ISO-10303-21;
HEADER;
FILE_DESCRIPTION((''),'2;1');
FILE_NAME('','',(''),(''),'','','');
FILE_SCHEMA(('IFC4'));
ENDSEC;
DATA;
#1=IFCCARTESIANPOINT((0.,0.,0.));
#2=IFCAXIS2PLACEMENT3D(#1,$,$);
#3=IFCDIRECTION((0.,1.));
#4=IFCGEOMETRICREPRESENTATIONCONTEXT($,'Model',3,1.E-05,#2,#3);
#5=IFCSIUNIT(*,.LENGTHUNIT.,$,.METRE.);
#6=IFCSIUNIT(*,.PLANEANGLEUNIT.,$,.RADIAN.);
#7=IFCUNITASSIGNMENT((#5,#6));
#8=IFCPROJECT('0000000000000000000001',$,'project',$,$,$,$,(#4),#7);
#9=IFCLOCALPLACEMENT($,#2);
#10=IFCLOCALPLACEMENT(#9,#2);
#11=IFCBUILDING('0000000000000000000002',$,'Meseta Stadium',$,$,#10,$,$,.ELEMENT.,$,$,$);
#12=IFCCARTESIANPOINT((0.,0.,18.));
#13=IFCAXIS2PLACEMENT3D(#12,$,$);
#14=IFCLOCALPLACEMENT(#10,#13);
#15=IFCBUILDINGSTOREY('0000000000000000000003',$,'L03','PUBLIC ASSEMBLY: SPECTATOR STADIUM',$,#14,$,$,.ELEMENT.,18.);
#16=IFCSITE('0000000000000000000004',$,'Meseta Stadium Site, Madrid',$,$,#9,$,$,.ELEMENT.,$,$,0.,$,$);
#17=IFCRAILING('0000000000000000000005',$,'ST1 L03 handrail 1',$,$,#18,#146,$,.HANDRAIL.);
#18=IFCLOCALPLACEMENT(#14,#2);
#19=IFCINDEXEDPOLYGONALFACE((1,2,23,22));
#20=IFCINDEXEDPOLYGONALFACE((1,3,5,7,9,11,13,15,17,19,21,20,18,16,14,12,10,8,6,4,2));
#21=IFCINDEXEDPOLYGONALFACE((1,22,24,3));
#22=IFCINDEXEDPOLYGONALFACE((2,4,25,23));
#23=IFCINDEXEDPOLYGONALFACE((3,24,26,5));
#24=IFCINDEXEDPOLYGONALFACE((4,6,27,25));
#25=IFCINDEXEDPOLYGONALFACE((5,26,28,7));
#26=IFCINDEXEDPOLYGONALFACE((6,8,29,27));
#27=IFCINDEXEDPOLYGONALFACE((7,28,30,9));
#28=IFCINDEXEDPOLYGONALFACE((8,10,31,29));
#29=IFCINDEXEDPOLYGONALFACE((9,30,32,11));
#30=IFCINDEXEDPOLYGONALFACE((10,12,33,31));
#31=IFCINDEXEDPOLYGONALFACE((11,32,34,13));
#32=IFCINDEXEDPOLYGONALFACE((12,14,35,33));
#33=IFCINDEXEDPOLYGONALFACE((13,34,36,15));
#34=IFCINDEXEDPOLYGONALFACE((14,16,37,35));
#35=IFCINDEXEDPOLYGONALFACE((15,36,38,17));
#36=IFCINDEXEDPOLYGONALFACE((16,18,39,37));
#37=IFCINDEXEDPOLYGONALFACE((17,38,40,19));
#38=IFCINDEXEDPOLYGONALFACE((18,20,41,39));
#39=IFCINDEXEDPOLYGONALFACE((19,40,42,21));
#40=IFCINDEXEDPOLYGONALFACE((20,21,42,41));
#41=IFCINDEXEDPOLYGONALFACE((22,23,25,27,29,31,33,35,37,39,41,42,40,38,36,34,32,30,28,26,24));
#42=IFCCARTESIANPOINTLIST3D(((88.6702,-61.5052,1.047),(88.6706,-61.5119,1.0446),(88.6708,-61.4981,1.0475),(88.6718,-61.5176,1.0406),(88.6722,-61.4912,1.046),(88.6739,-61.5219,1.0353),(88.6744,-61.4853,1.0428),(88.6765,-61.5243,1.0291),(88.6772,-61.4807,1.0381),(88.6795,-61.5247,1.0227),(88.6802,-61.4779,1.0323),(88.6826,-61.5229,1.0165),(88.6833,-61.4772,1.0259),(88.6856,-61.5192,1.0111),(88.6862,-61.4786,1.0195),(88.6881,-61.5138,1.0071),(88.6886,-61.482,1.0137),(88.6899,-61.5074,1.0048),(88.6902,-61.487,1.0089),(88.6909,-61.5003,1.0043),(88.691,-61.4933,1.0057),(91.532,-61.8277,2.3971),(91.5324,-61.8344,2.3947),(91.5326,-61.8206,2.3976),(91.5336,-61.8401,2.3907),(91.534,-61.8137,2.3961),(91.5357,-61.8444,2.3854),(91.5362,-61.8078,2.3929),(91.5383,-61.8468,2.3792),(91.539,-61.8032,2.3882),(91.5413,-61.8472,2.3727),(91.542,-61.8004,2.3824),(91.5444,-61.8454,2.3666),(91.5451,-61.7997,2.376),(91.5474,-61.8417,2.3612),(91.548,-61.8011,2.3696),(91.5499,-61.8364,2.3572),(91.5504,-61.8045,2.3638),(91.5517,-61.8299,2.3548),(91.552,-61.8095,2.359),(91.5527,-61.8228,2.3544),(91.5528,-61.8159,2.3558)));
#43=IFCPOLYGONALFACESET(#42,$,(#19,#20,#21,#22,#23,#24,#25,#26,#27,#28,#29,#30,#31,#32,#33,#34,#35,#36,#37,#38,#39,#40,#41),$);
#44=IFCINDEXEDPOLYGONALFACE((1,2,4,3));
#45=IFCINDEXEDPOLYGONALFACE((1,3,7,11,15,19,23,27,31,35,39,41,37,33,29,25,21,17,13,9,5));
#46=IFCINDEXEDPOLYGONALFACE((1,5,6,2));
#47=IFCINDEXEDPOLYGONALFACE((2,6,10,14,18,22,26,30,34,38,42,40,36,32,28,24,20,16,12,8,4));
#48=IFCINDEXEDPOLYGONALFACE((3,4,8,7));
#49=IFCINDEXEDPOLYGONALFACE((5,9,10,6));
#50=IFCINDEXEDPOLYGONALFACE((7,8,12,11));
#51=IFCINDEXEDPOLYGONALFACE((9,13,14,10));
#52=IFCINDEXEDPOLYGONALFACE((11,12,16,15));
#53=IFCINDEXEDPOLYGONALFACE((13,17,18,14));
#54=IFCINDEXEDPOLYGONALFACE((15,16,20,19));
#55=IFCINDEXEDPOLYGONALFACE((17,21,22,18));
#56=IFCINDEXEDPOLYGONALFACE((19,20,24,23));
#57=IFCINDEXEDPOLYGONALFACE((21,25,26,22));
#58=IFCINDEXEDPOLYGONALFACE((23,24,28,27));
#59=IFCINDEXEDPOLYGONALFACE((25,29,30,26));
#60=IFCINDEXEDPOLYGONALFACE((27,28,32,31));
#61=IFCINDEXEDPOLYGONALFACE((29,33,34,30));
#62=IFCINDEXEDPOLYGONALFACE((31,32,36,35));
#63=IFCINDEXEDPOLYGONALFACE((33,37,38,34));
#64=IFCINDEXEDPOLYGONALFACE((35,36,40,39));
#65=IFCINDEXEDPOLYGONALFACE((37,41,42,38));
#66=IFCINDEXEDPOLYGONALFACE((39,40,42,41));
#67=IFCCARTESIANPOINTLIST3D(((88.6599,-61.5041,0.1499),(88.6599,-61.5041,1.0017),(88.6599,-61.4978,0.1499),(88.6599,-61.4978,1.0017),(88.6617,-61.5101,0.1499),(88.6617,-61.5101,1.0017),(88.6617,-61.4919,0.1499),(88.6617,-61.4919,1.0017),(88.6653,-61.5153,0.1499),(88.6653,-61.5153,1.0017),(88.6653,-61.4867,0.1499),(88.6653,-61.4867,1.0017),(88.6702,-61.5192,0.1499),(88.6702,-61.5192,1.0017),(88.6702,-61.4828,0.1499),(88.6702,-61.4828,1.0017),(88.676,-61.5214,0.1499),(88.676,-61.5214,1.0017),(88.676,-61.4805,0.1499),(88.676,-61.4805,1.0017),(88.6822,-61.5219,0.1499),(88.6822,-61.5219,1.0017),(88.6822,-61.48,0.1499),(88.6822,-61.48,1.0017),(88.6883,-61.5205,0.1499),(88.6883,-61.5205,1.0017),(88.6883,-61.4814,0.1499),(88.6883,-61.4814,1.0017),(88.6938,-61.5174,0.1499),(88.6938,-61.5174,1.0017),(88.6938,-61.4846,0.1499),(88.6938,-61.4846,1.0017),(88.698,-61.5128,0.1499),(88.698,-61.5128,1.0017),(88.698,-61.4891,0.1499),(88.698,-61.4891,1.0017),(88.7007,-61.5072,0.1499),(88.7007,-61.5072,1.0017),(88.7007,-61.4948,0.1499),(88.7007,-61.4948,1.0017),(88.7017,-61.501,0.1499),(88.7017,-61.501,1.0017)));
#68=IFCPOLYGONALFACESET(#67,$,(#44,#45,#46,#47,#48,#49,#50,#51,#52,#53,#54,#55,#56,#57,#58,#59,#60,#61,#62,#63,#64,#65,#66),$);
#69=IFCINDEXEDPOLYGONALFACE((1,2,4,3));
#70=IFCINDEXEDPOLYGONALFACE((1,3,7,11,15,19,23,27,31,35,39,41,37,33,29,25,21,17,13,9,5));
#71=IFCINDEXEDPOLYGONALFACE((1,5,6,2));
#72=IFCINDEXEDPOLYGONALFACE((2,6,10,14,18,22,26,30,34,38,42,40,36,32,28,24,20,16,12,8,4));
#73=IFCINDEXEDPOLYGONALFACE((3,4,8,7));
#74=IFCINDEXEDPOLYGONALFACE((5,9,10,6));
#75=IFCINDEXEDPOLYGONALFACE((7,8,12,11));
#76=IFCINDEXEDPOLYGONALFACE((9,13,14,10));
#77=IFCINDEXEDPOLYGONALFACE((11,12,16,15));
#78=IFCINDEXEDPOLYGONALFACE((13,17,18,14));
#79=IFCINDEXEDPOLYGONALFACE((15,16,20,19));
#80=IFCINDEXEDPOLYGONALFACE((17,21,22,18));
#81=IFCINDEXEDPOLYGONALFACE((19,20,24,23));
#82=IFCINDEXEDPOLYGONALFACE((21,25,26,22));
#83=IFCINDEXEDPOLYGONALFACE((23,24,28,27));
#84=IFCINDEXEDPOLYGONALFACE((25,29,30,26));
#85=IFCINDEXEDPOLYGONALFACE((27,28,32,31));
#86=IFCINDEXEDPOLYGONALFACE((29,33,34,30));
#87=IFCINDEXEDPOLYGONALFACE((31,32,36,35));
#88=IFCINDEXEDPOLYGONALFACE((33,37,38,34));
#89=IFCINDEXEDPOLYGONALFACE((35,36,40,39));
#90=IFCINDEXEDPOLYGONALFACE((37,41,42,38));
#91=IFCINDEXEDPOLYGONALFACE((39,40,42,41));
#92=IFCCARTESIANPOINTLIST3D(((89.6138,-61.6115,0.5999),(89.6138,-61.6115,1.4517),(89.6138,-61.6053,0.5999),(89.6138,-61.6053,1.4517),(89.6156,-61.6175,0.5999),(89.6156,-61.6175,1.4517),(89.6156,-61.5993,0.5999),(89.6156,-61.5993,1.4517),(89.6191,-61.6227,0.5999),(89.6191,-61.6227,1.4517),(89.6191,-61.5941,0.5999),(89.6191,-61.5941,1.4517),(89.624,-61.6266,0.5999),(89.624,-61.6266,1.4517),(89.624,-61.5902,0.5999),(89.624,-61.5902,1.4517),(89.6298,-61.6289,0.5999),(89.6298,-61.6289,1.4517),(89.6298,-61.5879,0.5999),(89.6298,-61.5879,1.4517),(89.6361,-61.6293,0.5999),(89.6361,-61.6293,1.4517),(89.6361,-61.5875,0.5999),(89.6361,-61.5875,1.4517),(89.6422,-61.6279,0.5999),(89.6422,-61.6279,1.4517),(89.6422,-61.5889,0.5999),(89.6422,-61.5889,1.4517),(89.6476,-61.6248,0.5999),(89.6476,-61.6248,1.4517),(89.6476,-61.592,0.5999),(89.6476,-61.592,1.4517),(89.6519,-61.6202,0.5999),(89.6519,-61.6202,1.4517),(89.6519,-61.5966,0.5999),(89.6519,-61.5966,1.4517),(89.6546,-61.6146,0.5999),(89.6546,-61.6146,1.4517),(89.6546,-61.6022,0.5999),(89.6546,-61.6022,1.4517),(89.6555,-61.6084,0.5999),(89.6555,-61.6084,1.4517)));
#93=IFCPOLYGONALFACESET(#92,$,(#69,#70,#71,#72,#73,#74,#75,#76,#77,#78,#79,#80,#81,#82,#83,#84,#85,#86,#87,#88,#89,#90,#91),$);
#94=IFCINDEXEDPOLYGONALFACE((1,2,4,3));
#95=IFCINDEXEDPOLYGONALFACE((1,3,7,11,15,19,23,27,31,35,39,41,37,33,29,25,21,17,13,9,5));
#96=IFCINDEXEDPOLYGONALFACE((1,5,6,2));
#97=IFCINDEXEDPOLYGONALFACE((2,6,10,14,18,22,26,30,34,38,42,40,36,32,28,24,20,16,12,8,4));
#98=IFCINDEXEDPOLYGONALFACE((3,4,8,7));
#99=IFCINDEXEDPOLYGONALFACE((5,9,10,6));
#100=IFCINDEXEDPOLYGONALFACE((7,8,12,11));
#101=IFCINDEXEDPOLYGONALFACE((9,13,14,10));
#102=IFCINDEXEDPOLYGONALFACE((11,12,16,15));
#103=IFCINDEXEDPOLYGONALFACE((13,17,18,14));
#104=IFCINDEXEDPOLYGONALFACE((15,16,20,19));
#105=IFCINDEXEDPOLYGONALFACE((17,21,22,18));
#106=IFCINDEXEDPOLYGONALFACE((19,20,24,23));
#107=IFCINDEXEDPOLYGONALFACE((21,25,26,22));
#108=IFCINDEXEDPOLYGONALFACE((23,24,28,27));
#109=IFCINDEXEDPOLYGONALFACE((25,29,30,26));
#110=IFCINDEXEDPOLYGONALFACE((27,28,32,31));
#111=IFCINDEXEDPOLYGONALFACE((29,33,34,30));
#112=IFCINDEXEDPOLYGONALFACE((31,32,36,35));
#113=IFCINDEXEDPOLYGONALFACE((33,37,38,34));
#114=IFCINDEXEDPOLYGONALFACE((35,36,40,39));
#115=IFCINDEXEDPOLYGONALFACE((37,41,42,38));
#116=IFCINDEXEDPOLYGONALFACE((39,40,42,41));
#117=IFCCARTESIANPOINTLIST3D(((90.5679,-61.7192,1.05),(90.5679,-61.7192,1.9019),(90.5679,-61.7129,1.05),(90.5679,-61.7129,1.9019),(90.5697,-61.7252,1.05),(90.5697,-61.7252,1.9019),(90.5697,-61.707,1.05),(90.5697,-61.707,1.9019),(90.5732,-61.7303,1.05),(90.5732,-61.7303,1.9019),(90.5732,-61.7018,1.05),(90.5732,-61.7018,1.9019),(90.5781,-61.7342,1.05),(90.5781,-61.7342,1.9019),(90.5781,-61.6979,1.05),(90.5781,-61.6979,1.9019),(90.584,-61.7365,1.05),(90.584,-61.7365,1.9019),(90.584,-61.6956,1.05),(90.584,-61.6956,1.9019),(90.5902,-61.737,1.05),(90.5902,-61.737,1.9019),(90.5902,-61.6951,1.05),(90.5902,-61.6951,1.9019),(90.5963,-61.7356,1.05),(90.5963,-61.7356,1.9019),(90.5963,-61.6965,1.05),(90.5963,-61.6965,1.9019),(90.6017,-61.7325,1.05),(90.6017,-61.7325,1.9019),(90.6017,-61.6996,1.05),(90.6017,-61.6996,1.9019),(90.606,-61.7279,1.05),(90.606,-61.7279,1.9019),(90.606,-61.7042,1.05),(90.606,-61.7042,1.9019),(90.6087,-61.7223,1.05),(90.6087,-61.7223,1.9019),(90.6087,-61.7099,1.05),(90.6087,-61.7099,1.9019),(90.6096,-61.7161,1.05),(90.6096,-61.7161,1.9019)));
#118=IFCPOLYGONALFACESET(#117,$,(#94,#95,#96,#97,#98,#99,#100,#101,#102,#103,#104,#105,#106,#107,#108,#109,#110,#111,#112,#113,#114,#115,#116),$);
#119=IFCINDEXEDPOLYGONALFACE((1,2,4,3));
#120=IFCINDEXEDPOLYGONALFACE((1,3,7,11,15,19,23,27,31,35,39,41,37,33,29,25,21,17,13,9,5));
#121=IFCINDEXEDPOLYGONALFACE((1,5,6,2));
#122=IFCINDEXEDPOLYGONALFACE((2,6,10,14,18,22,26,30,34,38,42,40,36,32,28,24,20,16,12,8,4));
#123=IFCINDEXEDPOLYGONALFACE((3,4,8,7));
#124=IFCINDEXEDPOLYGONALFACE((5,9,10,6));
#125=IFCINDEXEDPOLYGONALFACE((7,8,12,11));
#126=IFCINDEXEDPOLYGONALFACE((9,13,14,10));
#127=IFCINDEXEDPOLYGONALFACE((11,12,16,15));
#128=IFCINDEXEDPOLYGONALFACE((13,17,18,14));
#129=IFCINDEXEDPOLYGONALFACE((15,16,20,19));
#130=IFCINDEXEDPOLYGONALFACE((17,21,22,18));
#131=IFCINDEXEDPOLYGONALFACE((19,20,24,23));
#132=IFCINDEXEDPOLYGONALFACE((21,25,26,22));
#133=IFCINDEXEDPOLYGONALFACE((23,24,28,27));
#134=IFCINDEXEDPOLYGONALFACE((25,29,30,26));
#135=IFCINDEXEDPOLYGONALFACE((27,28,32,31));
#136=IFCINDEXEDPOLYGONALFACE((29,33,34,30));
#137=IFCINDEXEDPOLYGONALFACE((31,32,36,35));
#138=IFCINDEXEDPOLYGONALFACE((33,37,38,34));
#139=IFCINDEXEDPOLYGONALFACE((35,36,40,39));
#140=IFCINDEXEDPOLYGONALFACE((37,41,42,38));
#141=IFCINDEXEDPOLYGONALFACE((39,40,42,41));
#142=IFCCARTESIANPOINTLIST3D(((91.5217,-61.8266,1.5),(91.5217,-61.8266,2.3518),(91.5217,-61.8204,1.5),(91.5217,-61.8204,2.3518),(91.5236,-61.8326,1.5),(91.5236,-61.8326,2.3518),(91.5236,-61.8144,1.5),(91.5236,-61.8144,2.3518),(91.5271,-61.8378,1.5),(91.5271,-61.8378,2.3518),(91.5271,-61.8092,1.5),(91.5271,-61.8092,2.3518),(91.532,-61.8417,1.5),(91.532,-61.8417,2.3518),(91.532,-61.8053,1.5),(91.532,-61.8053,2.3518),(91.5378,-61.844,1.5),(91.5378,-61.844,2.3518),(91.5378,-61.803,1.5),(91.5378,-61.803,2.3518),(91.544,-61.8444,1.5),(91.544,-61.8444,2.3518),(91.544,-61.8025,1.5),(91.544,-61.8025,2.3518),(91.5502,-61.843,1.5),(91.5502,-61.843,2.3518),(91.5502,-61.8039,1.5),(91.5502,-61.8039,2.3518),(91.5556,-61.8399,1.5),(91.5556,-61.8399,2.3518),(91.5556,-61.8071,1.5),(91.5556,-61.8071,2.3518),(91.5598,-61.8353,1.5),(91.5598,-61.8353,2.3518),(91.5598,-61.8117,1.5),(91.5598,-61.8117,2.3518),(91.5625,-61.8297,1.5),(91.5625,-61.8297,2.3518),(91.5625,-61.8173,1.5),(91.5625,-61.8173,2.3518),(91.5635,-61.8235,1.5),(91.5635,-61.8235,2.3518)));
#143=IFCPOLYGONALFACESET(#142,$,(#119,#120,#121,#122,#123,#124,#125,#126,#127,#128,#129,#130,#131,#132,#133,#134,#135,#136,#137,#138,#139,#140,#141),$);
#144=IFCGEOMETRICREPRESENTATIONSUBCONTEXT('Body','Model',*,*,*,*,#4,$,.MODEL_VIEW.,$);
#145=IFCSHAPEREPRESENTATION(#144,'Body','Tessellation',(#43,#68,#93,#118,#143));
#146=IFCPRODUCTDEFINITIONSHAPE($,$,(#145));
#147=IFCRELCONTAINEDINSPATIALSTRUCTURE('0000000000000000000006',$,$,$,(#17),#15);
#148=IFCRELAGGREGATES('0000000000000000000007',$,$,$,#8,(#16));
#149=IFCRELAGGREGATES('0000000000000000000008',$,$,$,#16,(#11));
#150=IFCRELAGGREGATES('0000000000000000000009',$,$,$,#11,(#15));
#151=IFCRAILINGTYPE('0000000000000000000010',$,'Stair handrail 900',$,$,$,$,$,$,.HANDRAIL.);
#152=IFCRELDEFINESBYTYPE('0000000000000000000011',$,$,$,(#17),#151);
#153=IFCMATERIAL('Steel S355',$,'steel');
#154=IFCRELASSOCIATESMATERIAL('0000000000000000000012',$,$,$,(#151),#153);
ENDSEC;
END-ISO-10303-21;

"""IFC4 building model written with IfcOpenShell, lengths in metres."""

from ifc_helpers import new_model, si_unit, direction, frame, origin, origin_2d, place, context, subcontext, project, spatial, circle, extrude, material, type_object, element, save


model = new_model("IFC4")

# Units and contexts
model_context = context("Model", 3, precision=1e-05, world=origin(), true_north=direction((0.0, 1.0)))
body_context = subcontext(model_context, "Body", "Model", "MODEL_VIEW")
ifc_project = project(units=[si_unit("LENGTHUNIT", "METRE"), si_unit("PLANEANGLEUNIT", "RADIAN")], contexts=[model_context])

# Site, building, storey
site_placement = place(None, origin())
site = spatial("IfcSite", under=ifc_project, at=site_placement, Name="Meseta Stadium Site, Madrid", CompositionType="ELEMENT", RefElevation=0.0)
building_placement = place(site_placement, origin())
building = spatial("IfcBuilding", under=site, at=building_placement, Name="Meseta Stadium", CompositionType="ELEMENT")
storey_placement = place(building_placement, frame((0.0, 0.0, 18.0)))
storey = spatial("IfcBuildingStorey", under=building, at=storey_placement, Name="L03", Description="PUBLIC ASSEMBLY: SPECTATOR STADIUM", CompositionType="ELEMENT", Elevation=18.0)

# Railing
ifc_material_1 = material(Name="Steel S355", Category="steel")
railing_type_1 = type_object("IfcRailingType", Name="Stair handrail 900", PredefinedType="HANDRAIL", material=ifc_material_1)
for number, where, name in (
    (1, (88.6807, -61.501, 0.1499), "ST1 L03 handrail 1"),
):
    element("IfcRailing", number, at=place(storey_placement, frame(where)), inside=storey, type_object=railing_type_1, Name=name, PredefinedType="HANDRAIL", context=body_context, shape_type="SweptSolid", body=[
        extrude(circle(Radius=0.0239, at=origin_2d()), frame((0.0, 0.0, 0.876), z_axis=(0.899748, -0.101396, 0.424467), x_axis=(0.111985, 0.99371, 0.0)), (0.0, 0.0, 1.0), 3.1807),
        extrude(circle(Radius=0.021, at=origin_2d()), origin(), (0.0, 0.0, 1.0), 0.8518),
        extrude(circle(Radius=0.021, at=origin_2d()), frame((0.9539, -0.1074, 0.45)), (0.0, 0.0, 1.0), 0.8518),
        extrude(circle(Radius=0.021, at=origin_2d()), frame((1.908, -0.2151, 0.9001)), (0.0, 0.0, 1.0), 0.8518),
        extrude(circle(Radius=0.021, at=origin_2d()), frame((2.8618, -0.3225, 1.3501)), (0.0, 0.0, 1.0), 0.8518),
    ])

save(model, "model.ifc")
